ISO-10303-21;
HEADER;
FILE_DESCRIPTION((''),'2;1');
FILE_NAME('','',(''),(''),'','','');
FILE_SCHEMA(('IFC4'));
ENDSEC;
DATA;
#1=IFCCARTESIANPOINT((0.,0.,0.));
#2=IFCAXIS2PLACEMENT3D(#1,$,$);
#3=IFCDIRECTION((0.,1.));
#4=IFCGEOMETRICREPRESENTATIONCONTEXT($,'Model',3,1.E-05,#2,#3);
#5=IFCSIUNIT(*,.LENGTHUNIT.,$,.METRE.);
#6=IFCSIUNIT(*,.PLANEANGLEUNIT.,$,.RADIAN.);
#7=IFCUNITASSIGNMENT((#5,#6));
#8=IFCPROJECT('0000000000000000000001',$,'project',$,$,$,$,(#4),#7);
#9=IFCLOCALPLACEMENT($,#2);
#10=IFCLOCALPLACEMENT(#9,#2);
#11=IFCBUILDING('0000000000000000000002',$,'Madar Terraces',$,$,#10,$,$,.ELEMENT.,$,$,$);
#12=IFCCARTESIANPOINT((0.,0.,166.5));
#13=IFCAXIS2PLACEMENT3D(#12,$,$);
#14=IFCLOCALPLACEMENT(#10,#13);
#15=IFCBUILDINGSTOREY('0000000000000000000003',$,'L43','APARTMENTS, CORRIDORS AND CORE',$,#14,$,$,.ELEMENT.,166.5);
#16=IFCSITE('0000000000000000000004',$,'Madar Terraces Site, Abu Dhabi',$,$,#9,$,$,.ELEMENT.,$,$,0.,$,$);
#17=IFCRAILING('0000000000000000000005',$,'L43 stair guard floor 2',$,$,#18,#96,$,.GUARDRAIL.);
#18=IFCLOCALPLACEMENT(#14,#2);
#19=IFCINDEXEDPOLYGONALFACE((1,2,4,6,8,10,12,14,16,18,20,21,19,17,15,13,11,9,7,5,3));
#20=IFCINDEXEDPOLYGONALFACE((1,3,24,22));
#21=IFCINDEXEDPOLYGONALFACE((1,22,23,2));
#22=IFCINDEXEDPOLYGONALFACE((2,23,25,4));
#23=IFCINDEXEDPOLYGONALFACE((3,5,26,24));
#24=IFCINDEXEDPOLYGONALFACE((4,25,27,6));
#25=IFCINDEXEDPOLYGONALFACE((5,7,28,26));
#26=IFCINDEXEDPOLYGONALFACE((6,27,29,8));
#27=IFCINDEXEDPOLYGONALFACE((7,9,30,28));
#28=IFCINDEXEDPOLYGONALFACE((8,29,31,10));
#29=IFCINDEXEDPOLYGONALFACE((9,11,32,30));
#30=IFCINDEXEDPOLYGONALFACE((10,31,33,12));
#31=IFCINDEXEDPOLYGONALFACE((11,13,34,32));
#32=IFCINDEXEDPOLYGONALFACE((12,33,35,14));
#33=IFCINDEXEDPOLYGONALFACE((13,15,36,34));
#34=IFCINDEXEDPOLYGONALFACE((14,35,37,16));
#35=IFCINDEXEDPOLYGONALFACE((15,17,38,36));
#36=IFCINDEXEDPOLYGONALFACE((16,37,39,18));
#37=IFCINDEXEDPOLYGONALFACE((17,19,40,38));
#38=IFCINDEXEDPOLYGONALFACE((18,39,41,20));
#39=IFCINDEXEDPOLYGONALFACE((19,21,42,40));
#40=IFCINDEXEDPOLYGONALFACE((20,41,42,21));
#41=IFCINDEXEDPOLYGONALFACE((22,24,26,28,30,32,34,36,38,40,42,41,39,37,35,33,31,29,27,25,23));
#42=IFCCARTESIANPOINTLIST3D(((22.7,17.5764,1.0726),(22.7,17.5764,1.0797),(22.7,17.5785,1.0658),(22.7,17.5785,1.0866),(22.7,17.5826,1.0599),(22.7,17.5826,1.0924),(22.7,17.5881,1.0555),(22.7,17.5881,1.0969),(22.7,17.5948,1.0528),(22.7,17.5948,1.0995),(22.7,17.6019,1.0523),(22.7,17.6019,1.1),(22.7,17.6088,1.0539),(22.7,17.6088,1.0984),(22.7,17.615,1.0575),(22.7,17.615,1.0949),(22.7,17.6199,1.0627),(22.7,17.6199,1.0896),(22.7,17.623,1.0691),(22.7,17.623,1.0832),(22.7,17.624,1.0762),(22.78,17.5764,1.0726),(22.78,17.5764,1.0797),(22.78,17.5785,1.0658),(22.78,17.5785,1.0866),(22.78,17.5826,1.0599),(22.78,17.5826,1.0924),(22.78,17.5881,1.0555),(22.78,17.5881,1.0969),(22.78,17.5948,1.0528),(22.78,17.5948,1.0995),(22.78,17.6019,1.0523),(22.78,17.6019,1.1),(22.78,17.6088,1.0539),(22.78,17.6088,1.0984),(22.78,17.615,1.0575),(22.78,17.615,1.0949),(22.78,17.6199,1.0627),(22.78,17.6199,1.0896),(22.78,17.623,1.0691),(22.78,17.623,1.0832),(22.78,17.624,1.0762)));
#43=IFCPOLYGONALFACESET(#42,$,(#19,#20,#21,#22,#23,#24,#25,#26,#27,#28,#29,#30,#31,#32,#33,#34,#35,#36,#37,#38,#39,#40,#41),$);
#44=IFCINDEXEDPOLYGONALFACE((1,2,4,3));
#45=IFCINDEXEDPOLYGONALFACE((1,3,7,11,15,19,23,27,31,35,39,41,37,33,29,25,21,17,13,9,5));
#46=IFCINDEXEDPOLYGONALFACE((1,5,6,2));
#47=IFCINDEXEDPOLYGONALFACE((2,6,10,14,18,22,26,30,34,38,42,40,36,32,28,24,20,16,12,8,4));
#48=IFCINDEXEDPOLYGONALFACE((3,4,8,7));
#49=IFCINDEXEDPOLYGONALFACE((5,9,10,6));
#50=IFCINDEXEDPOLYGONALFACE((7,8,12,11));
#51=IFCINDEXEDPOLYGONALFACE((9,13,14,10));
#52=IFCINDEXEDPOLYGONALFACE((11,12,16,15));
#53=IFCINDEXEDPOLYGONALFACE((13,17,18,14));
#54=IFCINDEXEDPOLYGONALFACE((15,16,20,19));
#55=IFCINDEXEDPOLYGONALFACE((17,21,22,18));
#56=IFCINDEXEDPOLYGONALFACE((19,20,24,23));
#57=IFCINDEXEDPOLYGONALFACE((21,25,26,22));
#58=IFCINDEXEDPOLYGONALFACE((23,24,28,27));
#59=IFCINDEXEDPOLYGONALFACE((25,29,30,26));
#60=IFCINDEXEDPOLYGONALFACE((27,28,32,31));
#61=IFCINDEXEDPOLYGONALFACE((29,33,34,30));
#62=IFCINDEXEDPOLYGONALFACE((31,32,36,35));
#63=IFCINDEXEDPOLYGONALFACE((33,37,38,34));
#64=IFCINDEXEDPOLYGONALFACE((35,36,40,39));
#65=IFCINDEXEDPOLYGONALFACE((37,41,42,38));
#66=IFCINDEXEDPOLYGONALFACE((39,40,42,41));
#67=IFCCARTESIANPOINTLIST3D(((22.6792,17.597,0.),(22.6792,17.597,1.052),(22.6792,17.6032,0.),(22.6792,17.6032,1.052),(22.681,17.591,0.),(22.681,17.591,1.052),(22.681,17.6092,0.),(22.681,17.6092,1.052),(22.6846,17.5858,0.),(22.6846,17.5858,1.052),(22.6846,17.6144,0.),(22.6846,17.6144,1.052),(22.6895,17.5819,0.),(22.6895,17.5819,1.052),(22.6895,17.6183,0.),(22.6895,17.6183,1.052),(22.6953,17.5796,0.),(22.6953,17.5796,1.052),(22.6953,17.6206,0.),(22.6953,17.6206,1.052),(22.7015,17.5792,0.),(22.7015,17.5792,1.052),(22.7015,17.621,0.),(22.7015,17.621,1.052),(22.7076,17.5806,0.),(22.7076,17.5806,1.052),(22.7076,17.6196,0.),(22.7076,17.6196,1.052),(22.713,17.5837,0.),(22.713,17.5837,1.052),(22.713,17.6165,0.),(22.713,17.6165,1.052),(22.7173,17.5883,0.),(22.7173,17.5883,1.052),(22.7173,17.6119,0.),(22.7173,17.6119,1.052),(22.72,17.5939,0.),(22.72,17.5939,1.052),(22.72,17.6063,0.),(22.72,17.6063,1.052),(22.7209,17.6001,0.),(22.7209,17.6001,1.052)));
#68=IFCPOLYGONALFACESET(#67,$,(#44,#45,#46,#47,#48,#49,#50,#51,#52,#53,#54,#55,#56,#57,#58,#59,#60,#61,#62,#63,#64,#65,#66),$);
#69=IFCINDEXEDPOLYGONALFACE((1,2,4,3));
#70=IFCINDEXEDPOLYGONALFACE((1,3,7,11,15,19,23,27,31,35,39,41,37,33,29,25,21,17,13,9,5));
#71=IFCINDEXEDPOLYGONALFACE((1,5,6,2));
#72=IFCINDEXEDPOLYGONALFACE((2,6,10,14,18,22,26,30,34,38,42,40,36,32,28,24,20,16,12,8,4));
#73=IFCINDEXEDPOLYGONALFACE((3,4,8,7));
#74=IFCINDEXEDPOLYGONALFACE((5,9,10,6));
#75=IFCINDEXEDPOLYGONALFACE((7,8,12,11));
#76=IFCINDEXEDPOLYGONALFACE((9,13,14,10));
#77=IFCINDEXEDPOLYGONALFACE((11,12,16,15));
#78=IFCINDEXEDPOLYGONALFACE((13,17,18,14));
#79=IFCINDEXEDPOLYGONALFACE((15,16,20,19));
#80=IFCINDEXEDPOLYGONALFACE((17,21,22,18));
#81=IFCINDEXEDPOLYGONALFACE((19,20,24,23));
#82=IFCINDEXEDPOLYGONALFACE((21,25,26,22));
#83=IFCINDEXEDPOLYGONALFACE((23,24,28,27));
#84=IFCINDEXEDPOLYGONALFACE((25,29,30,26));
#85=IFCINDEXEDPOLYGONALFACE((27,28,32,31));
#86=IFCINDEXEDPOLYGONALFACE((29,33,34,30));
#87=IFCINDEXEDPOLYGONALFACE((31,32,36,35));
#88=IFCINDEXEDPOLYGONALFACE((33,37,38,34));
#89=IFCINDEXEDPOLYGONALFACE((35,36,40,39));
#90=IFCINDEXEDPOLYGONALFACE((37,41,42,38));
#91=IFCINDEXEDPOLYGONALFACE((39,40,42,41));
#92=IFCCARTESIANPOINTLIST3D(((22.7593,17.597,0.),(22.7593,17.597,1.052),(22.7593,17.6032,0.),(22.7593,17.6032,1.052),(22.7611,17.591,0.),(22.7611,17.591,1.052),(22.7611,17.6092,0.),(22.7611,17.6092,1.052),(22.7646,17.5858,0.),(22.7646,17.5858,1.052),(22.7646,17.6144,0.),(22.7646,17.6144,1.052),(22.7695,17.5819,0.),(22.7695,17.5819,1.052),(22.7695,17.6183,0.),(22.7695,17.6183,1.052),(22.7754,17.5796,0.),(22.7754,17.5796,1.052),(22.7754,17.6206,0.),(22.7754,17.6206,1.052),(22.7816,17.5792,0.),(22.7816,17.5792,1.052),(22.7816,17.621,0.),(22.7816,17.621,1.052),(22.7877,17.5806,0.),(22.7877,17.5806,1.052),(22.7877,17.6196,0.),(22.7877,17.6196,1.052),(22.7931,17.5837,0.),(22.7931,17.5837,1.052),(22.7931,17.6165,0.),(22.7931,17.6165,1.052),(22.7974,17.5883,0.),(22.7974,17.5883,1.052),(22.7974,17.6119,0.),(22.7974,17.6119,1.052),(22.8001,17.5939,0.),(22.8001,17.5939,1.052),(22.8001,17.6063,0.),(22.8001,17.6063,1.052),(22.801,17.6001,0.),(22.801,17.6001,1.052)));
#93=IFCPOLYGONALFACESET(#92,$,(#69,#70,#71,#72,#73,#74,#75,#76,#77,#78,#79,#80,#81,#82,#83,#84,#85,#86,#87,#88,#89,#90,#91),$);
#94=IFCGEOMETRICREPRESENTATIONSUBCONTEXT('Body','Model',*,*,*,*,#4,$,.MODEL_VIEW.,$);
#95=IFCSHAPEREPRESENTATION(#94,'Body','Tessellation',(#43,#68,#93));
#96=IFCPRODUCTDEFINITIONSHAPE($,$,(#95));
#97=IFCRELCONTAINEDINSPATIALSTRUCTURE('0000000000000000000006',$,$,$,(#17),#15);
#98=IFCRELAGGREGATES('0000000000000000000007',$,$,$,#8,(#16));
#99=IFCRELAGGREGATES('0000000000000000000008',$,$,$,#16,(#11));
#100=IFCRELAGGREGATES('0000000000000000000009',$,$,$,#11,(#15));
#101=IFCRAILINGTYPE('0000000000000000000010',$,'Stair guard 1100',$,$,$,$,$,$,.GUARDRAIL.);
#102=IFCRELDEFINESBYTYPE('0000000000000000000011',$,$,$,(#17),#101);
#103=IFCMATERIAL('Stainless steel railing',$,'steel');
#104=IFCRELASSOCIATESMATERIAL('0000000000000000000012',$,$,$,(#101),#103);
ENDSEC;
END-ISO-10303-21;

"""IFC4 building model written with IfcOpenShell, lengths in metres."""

from ifc_helpers import new_model, si_unit, direction, frame, origin, origin_2d, place, context, subcontext, project, spatial, circle, extrude, material, type_object, element, save


model = new_model("IFC4")

# Units and contexts
model_context = context("Model", 3, precision=1e-05, world=origin(), true_north=direction((0.0, 1.0)))
body_context = subcontext(model_context, "Body", "Model", "MODEL_VIEW")
ifc_project = project(units=[si_unit("LENGTHUNIT", "METRE"), si_unit("PLANEANGLEUNIT", "RADIAN")], contexts=[model_context])

# Site, building, storey
site_placement = place(None, origin())
site = spatial("IfcSite", under=ifc_project, at=site_placement, Name="Madar Terraces Site, Abu Dhabi", CompositionType="ELEMENT", RefElevation=0.0)
building_placement = place(site_placement, origin())
building = spatial("IfcBuilding", under=site, at=building_placement, Name="Madar Terraces", CompositionType="ELEMENT")
storey_placement = place(building_placement, frame((0.0, 0.0, 166.5)))
storey = spatial("IfcBuildingStorey", under=building, at=storey_placement, Name="L43", Description="APARTMENTS, CORRIDORS AND CORE", CompositionType="ELEMENT", Elevation=166.5)

# Railing
ifc_material_1 = material(Name="Stainless steel railing", Category="steel")
railing_type_1 = type_object("IfcRailingType", Name="Stair guard 1100", PredefinedType="GUARDRAIL", material=ifc_material_1)
railing_1_placement = place(storey_placement, frame((22.7, 17.6001, 0.0)))
element("IfcRailing", 1, at=railing_1_placement, inside=storey, type_object=railing_type_1, Name="L43 stair guard floor 2", PredefinedType="GUARDRAIL", context=body_context, shape_type="SweptSolid", body=[
    extrude(circle(Radius=0.0239, at=origin_2d()), frame((0.0, 0.0, 1.0762), z_axis=(1.0, 0.0, 0.0), x_axis=(0.0, 1.0, 0.0)), (0.0, 0.0, 1.0), 0.0801),
    extrude(circle(Radius=0.021, at=origin_2d()), origin(), (0.0, 0.0, 1.0), 1.052),
    extrude(circle(Radius=0.021, at=origin_2d()), frame((0.0801, 0.0, 0.0)), (0.0, 0.0, 1.0), 1.052),
])

save(model, "model.ifc")
